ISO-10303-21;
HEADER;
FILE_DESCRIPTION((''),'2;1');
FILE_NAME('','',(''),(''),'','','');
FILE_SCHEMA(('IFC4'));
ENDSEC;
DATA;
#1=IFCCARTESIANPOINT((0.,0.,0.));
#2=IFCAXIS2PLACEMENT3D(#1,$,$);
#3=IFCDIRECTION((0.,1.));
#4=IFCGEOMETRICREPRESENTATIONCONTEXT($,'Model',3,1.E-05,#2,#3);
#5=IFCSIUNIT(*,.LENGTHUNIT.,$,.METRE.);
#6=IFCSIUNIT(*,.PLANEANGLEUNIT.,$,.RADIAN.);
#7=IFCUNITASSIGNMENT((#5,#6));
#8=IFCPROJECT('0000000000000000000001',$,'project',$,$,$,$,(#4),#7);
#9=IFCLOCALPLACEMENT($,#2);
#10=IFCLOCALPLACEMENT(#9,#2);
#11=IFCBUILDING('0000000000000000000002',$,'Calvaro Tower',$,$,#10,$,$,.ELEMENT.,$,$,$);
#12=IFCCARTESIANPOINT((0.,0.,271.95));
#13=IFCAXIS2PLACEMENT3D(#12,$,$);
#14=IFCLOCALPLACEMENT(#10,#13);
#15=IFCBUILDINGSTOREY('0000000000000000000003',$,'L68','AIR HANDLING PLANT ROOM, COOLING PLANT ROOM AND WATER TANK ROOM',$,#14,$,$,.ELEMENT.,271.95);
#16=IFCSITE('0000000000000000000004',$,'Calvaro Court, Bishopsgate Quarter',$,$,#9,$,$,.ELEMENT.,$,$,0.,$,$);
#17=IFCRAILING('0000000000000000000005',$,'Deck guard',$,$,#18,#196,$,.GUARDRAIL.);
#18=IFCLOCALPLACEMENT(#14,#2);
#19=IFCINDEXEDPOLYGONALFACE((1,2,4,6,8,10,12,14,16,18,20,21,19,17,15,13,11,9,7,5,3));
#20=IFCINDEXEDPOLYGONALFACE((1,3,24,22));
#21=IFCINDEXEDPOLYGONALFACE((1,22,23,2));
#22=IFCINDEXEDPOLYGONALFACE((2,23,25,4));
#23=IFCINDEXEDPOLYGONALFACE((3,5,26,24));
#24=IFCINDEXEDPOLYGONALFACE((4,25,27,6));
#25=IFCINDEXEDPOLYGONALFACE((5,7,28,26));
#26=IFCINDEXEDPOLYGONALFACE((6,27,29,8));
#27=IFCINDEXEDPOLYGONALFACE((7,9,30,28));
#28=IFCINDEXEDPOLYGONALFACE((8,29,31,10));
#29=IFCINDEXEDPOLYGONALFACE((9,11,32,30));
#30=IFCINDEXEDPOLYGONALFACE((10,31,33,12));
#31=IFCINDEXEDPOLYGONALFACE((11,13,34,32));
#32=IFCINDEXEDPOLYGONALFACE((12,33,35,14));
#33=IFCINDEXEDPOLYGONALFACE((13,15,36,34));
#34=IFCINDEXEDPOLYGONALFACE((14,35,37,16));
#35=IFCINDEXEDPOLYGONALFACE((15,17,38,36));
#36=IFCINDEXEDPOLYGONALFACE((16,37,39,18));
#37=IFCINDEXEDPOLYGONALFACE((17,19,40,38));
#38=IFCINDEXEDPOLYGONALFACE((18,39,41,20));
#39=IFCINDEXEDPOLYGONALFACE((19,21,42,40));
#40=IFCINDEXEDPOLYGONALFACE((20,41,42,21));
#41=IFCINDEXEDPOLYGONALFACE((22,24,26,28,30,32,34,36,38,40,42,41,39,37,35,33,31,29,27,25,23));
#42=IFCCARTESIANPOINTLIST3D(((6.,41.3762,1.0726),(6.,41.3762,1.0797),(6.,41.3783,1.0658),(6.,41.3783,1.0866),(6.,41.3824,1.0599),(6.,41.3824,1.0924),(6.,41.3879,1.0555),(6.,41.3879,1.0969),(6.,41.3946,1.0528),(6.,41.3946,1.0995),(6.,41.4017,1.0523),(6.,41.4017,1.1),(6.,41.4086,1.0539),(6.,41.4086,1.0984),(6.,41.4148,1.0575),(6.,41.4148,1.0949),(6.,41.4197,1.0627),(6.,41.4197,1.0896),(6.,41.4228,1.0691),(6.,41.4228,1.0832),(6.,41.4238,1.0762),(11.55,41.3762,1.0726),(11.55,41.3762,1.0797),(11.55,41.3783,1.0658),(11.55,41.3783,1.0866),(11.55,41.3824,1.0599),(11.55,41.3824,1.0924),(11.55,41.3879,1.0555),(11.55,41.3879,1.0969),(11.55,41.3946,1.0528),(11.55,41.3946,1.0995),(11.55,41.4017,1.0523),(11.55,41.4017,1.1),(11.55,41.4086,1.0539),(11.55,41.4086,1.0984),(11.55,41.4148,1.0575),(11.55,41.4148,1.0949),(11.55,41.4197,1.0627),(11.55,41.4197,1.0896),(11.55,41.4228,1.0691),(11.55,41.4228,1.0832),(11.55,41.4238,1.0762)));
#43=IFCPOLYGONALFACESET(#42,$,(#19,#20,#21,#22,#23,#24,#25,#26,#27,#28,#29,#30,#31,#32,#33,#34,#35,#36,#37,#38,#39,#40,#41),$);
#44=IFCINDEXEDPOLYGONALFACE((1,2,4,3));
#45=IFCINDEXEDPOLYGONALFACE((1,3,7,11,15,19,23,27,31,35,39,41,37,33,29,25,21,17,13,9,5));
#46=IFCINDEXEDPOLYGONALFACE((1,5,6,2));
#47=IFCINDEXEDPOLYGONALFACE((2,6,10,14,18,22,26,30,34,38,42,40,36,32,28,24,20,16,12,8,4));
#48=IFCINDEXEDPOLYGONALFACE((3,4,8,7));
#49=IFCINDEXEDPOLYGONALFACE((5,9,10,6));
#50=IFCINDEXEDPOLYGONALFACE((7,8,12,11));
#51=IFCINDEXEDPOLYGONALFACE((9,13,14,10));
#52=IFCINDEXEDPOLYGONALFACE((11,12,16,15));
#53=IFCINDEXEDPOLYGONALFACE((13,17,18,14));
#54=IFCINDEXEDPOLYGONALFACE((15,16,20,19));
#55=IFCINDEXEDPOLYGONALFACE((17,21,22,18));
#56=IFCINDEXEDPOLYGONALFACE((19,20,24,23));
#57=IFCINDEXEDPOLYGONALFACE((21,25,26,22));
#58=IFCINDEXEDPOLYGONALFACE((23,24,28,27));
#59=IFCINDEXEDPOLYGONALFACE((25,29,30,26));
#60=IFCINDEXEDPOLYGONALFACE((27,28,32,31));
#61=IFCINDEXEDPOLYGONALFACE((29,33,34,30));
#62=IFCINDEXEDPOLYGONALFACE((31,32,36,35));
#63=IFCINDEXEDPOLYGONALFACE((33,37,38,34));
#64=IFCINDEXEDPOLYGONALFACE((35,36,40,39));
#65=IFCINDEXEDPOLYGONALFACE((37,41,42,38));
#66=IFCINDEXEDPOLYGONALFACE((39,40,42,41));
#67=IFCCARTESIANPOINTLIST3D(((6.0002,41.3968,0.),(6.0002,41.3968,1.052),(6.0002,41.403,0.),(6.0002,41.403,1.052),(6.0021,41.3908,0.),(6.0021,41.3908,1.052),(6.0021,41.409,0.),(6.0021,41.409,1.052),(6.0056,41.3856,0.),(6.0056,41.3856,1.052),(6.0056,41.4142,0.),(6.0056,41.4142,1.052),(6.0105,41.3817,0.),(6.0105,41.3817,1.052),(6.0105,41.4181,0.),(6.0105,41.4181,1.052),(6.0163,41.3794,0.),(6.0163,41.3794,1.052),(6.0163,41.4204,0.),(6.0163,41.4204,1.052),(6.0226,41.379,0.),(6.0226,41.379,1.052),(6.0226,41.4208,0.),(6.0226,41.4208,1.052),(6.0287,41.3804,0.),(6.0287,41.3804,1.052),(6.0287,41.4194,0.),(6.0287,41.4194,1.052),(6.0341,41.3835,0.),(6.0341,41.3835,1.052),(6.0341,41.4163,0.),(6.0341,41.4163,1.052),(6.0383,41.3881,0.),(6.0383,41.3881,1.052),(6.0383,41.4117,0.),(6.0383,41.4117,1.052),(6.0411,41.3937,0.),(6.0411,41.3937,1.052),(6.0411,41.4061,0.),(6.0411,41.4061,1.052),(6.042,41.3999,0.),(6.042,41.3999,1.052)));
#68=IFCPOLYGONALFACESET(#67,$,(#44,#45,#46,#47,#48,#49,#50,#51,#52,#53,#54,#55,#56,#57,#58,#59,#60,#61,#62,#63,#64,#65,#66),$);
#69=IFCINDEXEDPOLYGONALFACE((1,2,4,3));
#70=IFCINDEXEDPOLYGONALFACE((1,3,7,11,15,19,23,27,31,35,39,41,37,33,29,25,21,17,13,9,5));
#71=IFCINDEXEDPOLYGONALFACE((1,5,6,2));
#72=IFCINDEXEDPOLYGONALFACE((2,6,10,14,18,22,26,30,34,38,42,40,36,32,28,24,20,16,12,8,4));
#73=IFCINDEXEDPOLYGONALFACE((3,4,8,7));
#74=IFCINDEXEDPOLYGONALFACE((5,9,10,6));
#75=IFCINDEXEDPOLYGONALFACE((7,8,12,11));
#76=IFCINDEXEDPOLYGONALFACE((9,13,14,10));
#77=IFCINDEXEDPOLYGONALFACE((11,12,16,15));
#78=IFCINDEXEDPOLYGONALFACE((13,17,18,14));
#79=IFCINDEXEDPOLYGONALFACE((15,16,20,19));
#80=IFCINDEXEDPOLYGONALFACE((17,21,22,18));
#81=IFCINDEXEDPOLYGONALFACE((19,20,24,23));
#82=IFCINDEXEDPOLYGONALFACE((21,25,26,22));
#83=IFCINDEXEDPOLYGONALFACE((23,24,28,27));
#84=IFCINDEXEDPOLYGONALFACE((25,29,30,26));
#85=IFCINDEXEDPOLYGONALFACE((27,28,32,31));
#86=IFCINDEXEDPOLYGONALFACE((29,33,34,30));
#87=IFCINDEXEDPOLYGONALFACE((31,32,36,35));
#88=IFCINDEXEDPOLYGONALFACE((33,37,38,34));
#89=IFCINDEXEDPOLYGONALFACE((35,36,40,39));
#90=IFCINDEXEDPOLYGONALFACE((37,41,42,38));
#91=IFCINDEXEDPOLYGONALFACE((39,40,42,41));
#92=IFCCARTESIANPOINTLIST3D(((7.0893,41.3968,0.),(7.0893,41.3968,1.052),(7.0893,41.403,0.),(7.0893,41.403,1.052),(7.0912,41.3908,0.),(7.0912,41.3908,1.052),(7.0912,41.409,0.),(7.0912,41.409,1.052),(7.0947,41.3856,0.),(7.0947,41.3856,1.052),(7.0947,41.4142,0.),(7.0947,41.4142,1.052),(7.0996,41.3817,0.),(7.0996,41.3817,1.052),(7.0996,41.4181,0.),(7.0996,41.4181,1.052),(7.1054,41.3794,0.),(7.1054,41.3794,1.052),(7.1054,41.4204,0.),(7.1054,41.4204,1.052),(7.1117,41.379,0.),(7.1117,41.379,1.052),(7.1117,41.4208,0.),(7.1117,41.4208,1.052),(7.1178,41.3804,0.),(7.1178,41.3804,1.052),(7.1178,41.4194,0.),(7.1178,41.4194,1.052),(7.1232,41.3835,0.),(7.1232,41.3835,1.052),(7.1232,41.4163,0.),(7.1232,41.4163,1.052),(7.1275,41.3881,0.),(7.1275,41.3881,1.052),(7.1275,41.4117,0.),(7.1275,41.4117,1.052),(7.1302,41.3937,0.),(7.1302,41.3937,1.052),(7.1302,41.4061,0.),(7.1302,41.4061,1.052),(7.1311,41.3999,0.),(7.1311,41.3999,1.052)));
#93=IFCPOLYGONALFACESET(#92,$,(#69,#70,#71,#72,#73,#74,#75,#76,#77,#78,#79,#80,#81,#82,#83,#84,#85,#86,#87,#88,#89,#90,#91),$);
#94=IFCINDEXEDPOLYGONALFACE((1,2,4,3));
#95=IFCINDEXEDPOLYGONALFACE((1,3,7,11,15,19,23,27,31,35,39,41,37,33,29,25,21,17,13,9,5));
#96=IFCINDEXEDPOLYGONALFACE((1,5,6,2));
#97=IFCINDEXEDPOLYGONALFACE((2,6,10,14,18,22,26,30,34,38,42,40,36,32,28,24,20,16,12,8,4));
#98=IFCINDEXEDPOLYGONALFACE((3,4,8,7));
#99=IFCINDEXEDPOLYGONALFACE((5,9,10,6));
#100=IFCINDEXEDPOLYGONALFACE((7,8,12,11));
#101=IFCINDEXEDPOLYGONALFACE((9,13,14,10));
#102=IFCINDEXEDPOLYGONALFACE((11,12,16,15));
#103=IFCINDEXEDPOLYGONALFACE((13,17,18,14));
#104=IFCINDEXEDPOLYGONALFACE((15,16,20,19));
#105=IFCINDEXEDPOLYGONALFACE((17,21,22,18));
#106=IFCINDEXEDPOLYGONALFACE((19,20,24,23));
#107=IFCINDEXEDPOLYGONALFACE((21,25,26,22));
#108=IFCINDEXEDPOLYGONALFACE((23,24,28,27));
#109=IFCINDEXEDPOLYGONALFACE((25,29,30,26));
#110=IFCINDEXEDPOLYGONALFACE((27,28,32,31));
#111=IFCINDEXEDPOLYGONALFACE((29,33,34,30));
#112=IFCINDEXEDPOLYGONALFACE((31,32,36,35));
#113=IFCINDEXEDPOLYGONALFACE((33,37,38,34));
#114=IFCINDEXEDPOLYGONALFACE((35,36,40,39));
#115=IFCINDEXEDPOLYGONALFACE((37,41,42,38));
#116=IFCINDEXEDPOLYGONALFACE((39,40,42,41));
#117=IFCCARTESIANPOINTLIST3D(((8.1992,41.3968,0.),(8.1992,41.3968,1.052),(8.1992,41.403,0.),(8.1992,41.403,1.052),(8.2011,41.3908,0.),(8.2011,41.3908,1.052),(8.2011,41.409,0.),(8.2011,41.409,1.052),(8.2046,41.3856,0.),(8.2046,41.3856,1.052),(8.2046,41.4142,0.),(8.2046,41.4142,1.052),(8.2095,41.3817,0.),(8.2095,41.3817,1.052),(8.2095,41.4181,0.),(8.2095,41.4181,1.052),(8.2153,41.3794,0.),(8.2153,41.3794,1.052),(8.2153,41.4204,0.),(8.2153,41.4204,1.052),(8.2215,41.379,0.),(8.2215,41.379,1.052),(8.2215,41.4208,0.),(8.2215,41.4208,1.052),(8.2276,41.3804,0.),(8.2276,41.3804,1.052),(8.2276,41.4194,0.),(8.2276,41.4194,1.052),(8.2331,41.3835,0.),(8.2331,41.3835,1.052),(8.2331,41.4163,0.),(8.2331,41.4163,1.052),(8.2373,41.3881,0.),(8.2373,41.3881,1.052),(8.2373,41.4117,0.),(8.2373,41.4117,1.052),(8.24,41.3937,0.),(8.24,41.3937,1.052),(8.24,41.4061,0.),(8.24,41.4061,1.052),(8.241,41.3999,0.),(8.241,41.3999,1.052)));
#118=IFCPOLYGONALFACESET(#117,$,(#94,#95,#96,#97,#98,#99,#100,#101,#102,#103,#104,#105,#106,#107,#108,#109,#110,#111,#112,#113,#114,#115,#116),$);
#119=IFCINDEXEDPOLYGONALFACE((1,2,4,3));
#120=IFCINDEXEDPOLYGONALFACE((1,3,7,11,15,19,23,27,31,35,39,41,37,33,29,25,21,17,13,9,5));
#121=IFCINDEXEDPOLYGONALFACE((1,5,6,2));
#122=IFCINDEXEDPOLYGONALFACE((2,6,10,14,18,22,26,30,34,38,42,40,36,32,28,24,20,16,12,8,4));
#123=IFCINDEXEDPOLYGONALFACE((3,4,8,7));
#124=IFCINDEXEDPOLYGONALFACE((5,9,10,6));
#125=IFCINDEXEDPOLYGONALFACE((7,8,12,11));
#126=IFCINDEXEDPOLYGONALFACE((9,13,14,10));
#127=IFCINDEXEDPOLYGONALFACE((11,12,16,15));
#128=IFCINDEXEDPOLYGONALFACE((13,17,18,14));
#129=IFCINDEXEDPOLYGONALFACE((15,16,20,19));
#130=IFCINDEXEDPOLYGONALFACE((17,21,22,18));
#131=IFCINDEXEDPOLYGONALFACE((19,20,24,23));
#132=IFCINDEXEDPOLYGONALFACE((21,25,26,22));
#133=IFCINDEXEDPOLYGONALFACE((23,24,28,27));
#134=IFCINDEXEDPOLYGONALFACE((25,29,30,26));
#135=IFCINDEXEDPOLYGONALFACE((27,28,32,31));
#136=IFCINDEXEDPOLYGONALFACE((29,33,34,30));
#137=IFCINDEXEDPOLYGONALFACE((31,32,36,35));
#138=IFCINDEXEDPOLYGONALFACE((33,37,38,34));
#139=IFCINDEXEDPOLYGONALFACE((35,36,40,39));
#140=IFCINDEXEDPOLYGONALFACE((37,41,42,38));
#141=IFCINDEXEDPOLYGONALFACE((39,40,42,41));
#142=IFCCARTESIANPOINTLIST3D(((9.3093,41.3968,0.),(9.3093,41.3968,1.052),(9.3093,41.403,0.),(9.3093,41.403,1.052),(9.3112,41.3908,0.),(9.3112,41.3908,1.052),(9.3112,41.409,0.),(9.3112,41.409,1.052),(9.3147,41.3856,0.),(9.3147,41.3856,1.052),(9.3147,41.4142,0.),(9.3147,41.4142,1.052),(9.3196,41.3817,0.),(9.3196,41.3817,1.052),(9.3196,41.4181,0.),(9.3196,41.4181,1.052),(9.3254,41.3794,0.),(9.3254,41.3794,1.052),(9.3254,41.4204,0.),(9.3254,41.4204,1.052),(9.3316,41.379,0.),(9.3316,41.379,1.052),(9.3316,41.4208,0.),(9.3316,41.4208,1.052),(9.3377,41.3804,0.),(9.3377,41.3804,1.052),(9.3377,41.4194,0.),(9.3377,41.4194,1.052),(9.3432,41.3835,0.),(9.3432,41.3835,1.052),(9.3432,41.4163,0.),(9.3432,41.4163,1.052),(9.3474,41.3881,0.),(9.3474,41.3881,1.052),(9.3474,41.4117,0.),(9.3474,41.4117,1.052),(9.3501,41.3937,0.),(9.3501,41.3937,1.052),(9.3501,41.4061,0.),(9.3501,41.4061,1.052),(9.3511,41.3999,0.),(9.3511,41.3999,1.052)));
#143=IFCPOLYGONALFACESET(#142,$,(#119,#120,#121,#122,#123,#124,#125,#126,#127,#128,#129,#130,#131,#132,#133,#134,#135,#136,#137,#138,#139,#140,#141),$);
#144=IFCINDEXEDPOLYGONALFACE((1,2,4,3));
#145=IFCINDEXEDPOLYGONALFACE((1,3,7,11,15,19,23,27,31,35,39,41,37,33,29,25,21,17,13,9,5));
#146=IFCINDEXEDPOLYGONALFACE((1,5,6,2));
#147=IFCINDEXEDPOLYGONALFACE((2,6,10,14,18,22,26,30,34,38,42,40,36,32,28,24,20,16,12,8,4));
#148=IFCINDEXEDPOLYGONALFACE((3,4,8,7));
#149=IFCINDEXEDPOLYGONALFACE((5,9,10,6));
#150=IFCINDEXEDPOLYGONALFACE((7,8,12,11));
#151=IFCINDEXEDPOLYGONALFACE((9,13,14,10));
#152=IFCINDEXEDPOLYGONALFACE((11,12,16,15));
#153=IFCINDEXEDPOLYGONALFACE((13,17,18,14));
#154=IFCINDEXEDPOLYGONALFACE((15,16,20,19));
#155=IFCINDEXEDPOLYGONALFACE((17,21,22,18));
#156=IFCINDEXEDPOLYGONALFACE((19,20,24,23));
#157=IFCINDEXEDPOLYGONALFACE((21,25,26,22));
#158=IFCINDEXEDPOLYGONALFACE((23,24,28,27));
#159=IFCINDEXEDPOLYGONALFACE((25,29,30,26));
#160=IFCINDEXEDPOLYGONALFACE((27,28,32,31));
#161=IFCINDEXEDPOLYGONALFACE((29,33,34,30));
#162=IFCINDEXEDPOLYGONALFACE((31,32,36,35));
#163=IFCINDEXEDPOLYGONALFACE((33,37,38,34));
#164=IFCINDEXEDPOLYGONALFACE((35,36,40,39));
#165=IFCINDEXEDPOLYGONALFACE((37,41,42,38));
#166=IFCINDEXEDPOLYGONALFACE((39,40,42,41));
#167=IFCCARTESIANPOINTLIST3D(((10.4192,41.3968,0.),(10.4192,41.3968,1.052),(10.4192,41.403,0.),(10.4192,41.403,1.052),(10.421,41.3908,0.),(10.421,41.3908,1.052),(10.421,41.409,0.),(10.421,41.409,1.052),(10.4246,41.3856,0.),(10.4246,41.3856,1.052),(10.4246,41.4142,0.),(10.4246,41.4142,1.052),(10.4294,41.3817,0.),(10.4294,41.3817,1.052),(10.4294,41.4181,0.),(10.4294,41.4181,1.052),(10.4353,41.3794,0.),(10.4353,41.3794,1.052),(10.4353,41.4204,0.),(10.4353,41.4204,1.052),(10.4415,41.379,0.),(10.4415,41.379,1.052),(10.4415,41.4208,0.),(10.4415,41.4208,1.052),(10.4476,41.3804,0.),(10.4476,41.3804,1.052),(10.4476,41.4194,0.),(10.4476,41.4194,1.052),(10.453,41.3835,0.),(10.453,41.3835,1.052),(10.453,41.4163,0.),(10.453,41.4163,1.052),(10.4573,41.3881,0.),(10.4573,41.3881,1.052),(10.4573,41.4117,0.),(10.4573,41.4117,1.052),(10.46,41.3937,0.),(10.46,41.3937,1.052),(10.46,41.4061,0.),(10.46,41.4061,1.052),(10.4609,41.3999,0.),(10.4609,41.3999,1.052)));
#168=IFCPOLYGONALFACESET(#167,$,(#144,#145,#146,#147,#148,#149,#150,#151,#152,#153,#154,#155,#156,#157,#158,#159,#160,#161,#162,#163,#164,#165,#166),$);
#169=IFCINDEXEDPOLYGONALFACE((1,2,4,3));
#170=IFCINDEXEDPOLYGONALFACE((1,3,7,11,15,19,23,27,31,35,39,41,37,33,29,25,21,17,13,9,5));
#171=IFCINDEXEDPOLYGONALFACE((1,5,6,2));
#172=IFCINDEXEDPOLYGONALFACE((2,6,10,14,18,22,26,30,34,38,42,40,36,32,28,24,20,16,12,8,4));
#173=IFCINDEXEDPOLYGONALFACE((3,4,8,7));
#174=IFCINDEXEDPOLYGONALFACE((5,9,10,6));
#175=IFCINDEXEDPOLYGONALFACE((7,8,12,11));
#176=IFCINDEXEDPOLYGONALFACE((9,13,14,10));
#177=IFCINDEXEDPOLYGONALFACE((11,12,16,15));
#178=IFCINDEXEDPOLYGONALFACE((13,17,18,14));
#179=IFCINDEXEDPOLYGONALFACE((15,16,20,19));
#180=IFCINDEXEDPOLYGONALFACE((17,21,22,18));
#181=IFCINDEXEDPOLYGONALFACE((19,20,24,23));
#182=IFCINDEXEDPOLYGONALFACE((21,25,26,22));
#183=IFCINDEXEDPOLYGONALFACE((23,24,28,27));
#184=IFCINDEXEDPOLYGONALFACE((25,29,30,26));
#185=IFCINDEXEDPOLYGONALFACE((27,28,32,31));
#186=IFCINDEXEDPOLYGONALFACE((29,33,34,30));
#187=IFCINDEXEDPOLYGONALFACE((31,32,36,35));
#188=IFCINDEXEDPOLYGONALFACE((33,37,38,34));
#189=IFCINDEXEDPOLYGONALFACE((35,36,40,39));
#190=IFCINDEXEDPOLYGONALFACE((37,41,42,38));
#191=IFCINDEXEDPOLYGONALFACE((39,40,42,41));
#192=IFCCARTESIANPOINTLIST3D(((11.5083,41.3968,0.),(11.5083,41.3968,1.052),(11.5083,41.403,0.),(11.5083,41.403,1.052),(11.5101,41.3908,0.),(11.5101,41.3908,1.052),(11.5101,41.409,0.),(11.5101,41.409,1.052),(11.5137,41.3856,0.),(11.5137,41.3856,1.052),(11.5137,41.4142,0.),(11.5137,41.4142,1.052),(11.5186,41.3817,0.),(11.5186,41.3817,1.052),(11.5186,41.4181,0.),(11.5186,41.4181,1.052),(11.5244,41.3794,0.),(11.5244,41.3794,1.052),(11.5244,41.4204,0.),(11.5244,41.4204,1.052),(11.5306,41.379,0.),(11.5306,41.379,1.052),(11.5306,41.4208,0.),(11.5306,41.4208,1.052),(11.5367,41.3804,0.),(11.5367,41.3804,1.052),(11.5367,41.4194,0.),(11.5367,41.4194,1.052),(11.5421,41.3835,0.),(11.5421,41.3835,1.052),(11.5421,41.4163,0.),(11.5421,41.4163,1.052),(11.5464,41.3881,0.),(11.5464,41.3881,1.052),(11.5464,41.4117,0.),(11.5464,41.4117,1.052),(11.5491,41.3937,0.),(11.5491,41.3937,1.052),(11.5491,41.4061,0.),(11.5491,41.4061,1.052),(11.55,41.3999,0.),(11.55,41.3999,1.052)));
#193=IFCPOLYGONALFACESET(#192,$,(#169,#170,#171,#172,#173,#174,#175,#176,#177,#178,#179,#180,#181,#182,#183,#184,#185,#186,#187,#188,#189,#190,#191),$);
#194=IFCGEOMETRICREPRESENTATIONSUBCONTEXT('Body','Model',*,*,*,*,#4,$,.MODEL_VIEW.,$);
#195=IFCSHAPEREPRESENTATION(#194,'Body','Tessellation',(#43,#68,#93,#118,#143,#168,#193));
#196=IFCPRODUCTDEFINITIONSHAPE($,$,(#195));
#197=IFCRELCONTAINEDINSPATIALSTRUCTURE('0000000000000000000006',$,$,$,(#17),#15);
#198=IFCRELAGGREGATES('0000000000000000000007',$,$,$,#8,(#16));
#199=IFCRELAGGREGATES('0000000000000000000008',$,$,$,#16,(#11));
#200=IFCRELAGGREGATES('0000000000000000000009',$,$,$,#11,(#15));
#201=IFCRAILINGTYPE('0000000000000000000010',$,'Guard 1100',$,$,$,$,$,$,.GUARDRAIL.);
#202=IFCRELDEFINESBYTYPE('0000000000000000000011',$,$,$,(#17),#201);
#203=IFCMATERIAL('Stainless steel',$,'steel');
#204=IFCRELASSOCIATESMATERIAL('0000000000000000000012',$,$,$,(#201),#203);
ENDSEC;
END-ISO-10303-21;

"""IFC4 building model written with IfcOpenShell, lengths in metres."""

from ifc_helpers import new_model, si_unit, direction, frame, origin, origin_2d, place, context, subcontext, project, spatial, circle, extrude, material, type_object, element, save


model = new_model("IFC4")

# Units and contexts
model_context = context("Model", 3, precision=1e-05, world=origin(), true_north=direction((0.0, 1.0)))
body_context = subcontext(model_context, "Body", "Model", "MODEL_VIEW")
ifc_project = project(units=[si_unit("LENGTHUNIT", "METRE"), si_unit("PLANEANGLEUNIT", "RADIAN")], contexts=[model_context])

# Site, building, storey
site_placement = place(None, origin())
site = spatial("IfcSite", under=ifc_project, at=site_placement, Name="Calvaro Court, Bishopsgate Quarter", CompositionType="ELEMENT", RefElevation=0.0)
building_placement = place(site_placement, origin())
building = spatial("IfcBuilding", under=site, at=building_placement, Name="Calvaro Tower", CompositionType="ELEMENT")
storey_placement = place(building_placement, frame((0.0, 0.0, 271.95)))
storey = spatial("IfcBuildingStorey", under=building, at=storey_placement, Name="L68", Description="AIR HANDLING PLANT ROOM, COOLING PLANT ROOM AND WATER TANK ROOM", CompositionType="ELEMENT", Elevation=271.95)

# Railing
ifc_material_1 = material(Name="Stainless steel", Category="steel")
railing_type = type_object("IfcRailingType", Name="Guard 1100", PredefinedType="GUARDRAIL", material=ifc_material_1)
railing_1_placement = place(storey_placement, frame((6.0, 41.3999, 0.0)))
element("IfcRailing", 1, at=railing_1_placement, inside=storey, type_object=railing_type, Name="Deck guard", PredefinedType="GUARDRAIL", context=body_context, shape_type="SweptSolid", body=[
    extrude(circle(Radius=0.0239, at=origin_2d()), frame((0.0, 0.0, 1.0762), z_axis=(1.0, 0.0, 0.0), x_axis=(0.0, 1.0, 0.0)), (0.0, 0.0, 1.0), 5.55),
    extrude(circle(Radius=0.021, at=origin_2d()), frame((0.021, 0.0, 0.0)), (0.0, 0.0, 1.0), 1.052),
    extrude(circle(Radius=0.021, at=origin_2d()), frame((1.1101, 0.0, 0.0)), (0.0, 0.0, 1.0), 1.052),
    extrude(circle(Radius=0.021, at=origin_2d()), frame((2.22, 0.0, 0.0)), (0.0, 0.0, 1.0), 1.052),
    extrude(circle(Radius=0.021, at=origin_2d()), frame((3.3301, 0.0, 0.0)), (0.0, 0.0, 1.0), 1.052),
    extrude(circle(Radius=0.021, at=origin_2d()), frame((4.4399, 0.0, 0.0)), (0.0, 0.0, 1.0), 1.052),
    extrude(circle(Radius=0.021, at=origin_2d()), frame((5.5291, 0.0, 0.0)), (0.0, 0.0, 1.0), 1.052),
])

save(model, "model.ifc")
